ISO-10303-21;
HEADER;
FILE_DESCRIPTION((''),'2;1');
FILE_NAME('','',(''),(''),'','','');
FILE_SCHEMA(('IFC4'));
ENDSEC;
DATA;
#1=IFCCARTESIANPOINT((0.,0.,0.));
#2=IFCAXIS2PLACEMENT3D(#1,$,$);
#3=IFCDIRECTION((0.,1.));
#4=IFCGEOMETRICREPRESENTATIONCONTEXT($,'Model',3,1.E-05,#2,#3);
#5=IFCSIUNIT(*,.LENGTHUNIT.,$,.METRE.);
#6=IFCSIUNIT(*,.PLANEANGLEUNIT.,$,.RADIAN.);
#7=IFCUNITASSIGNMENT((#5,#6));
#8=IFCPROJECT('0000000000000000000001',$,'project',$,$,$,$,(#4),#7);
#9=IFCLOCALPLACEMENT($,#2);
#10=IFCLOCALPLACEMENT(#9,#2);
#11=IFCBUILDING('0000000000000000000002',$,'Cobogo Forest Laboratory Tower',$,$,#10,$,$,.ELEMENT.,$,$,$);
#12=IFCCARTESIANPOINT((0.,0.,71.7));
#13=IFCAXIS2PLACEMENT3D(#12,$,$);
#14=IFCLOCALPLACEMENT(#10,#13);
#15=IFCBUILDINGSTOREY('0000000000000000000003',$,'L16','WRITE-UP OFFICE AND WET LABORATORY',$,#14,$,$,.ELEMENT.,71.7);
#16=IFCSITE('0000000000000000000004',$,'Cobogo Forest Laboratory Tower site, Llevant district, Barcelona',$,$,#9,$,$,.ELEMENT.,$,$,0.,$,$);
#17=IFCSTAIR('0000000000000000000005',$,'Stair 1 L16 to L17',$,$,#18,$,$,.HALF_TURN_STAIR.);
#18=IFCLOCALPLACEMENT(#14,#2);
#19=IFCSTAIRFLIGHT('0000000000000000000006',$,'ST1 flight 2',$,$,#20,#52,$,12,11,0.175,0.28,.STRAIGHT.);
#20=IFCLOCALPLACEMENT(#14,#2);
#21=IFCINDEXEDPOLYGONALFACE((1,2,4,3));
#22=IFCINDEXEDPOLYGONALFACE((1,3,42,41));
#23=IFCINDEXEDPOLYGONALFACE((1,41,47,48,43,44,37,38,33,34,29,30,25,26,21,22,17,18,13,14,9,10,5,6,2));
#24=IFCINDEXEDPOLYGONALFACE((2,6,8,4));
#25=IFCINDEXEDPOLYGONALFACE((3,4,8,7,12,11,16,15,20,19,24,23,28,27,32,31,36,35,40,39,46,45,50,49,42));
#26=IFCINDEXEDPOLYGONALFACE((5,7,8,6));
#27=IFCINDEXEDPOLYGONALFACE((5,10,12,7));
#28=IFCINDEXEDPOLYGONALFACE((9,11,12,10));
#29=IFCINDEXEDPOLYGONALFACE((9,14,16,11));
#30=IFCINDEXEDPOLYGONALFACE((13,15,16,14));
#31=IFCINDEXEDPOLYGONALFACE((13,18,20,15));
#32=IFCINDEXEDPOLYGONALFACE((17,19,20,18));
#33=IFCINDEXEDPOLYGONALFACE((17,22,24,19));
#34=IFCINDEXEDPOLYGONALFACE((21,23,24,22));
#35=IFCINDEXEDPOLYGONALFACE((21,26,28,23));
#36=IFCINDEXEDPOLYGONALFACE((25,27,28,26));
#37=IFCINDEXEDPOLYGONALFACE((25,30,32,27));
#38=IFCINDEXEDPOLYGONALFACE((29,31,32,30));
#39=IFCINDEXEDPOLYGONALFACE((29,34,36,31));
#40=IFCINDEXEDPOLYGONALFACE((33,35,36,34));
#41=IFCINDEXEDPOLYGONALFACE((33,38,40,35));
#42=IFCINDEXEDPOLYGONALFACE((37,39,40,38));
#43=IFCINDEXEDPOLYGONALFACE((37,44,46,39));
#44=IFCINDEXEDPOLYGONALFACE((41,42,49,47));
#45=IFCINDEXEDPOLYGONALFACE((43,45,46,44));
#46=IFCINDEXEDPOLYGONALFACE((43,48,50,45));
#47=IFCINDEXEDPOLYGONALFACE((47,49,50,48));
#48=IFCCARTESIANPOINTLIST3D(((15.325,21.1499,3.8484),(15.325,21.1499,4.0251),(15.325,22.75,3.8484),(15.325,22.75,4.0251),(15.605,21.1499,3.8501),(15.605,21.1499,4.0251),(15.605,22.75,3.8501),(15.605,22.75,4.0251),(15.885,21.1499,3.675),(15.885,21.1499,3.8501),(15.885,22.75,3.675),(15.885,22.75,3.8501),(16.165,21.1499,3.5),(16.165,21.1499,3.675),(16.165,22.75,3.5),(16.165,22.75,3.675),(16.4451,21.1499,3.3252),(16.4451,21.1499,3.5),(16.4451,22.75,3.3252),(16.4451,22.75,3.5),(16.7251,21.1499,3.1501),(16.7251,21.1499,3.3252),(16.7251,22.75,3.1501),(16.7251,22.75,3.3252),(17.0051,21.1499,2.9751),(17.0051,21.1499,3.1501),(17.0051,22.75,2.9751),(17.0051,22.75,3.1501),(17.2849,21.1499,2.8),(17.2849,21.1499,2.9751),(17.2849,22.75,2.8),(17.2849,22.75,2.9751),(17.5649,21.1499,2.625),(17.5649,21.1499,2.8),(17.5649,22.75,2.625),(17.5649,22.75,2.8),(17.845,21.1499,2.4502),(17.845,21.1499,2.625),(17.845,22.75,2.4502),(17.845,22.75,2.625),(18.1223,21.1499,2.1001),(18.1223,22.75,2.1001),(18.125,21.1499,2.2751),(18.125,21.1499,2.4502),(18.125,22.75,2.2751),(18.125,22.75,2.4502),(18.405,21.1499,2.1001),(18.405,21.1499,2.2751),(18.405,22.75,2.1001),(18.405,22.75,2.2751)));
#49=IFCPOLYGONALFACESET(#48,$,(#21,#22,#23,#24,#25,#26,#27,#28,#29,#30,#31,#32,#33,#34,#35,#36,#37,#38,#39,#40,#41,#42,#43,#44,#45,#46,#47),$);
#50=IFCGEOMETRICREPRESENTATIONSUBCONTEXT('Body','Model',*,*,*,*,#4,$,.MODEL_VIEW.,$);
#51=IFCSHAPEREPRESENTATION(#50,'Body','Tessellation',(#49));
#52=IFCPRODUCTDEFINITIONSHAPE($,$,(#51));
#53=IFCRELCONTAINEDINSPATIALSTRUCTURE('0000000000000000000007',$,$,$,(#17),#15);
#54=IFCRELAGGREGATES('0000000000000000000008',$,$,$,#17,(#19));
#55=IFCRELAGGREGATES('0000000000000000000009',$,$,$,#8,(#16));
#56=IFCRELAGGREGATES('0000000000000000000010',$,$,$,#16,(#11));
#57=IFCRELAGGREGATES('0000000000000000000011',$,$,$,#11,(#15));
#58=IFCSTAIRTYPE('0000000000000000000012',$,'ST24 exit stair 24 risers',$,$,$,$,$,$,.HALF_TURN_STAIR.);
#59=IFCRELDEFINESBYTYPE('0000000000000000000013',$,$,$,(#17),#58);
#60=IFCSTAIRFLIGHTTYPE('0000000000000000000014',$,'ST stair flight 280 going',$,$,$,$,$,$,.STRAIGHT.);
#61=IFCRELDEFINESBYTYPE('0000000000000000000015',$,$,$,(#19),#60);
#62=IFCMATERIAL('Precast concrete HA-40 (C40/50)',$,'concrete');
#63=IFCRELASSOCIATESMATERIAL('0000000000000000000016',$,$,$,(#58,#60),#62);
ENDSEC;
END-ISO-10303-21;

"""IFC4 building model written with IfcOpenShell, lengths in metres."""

from ifc_helpers import new_model, si_unit, direction, frame, origin, place, context, subcontext, project, spatial, polyline, outline, extrude, material, type_object, element, aggregate, save


model = new_model("IFC4")

# Units and contexts
model_context = context("Model", 3, precision=1e-05, world=origin(), true_north=direction((0.0, 1.0)))
body_context = subcontext(model_context, "Body", "Model", "MODEL_VIEW")
ifc_project = project(units=[si_unit("LENGTHUNIT", "METRE"), si_unit("PLANEANGLEUNIT", "RADIAN")], contexts=[model_context])

# Site, building, storey
site_placement = place(None, origin())
site = spatial("IfcSite", under=ifc_project, at=site_placement, Name="Cobogo Forest Laboratory Tower site, Llevant district, Barcelona", CompositionType="ELEMENT", RefElevation=0.0)
building_placement = place(site_placement, origin())
building = spatial("IfcBuilding", under=site, at=building_placement, Name="Cobogo Forest Laboratory Tower", CompositionType="ELEMENT")
storey_placement = place(building_placement, frame((0.0, 0.0, 71.7)))
storey = spatial("IfcBuildingStorey", under=building, at=storey_placement, Name="L16", Description="WRITE-UP OFFICE AND WET LABORATORY", CompositionType="ELEMENT", Elevation=71.7)

# Stair, stair flight
ifc_material_1 = material(Name="Precast concrete HA-40 (C40/50)", Category="concrete")
stair_type = type_object("IfcStairType", Name="ST24 exit stair 24 risers", PredefinedType="HALF_TURN_STAIR", material=ifc_material_1)
stair_placement = place(storey_placement, origin())
stair = element("IfcStair", 1, at=stair_placement, inside=storey, type_object=stair_type, Name="Stair 1 L16 to L17", PredefinedType="HALF_TURN_STAIR")
stair_flight_type = type_object("IfcStairFlightType", Name="ST stair flight 280 going", PredefinedType="STRAIGHT", material=ifc_material_1)
stair_flight_placement = place(storey_placement, frame((18.405, 21.95, 2.1001), z_axis=(0.0, 0.0, 1.0), x_axis=(-1.0, 0.0, 0.0)))
stair_flight = element("IfcStairFlight", 2, at=stair_flight_placement, type_object=stair_flight_type, Name="ST1 flight 2", NumberOfRisers=12, NumberOfTreads=11, PredefinedType="STRAIGHT", RiserHeight=0.175, TreadLength=0.28, context=body_context, shape_type="SweptSolid", body=[
    extrude(outline(polyline([(0.0, 0.0), (0.0, 0.175), (0.28, 0.175), (0.28, 0.3501), (0.5601, 0.3501), (0.5601, 0.5249), (0.8401, 0.5249), (0.8401, 0.7), (1.1201, 0.7), (1.1201, 0.875), (1.3999, 0.875), (1.3999, 1.05), (1.6799, 1.05), (1.6799, 1.2251), (1.96, 1.2251), (1.96, 1.3999), (2.24, 1.3999), (2.24, 1.575), (2.52, 1.575), (2.52, 1.75), (2.8, 1.75), (2.8, 1.925), (3.0801, 1.925), (3.0801, 2.1001), (3.0801, 1.7483), (0.2827, 0.0), (0.0, 0.0)])), frame((0.0, 0.8, 0.0), z_axis=(0.0, -1.0, 0.0), x_axis=(1.0, 0.0, 0.0)), (0.0, 0.0, 1.0), 1.6001),
])
aggregate(stair, [stair_flight])

save(model, "model.ifc")
